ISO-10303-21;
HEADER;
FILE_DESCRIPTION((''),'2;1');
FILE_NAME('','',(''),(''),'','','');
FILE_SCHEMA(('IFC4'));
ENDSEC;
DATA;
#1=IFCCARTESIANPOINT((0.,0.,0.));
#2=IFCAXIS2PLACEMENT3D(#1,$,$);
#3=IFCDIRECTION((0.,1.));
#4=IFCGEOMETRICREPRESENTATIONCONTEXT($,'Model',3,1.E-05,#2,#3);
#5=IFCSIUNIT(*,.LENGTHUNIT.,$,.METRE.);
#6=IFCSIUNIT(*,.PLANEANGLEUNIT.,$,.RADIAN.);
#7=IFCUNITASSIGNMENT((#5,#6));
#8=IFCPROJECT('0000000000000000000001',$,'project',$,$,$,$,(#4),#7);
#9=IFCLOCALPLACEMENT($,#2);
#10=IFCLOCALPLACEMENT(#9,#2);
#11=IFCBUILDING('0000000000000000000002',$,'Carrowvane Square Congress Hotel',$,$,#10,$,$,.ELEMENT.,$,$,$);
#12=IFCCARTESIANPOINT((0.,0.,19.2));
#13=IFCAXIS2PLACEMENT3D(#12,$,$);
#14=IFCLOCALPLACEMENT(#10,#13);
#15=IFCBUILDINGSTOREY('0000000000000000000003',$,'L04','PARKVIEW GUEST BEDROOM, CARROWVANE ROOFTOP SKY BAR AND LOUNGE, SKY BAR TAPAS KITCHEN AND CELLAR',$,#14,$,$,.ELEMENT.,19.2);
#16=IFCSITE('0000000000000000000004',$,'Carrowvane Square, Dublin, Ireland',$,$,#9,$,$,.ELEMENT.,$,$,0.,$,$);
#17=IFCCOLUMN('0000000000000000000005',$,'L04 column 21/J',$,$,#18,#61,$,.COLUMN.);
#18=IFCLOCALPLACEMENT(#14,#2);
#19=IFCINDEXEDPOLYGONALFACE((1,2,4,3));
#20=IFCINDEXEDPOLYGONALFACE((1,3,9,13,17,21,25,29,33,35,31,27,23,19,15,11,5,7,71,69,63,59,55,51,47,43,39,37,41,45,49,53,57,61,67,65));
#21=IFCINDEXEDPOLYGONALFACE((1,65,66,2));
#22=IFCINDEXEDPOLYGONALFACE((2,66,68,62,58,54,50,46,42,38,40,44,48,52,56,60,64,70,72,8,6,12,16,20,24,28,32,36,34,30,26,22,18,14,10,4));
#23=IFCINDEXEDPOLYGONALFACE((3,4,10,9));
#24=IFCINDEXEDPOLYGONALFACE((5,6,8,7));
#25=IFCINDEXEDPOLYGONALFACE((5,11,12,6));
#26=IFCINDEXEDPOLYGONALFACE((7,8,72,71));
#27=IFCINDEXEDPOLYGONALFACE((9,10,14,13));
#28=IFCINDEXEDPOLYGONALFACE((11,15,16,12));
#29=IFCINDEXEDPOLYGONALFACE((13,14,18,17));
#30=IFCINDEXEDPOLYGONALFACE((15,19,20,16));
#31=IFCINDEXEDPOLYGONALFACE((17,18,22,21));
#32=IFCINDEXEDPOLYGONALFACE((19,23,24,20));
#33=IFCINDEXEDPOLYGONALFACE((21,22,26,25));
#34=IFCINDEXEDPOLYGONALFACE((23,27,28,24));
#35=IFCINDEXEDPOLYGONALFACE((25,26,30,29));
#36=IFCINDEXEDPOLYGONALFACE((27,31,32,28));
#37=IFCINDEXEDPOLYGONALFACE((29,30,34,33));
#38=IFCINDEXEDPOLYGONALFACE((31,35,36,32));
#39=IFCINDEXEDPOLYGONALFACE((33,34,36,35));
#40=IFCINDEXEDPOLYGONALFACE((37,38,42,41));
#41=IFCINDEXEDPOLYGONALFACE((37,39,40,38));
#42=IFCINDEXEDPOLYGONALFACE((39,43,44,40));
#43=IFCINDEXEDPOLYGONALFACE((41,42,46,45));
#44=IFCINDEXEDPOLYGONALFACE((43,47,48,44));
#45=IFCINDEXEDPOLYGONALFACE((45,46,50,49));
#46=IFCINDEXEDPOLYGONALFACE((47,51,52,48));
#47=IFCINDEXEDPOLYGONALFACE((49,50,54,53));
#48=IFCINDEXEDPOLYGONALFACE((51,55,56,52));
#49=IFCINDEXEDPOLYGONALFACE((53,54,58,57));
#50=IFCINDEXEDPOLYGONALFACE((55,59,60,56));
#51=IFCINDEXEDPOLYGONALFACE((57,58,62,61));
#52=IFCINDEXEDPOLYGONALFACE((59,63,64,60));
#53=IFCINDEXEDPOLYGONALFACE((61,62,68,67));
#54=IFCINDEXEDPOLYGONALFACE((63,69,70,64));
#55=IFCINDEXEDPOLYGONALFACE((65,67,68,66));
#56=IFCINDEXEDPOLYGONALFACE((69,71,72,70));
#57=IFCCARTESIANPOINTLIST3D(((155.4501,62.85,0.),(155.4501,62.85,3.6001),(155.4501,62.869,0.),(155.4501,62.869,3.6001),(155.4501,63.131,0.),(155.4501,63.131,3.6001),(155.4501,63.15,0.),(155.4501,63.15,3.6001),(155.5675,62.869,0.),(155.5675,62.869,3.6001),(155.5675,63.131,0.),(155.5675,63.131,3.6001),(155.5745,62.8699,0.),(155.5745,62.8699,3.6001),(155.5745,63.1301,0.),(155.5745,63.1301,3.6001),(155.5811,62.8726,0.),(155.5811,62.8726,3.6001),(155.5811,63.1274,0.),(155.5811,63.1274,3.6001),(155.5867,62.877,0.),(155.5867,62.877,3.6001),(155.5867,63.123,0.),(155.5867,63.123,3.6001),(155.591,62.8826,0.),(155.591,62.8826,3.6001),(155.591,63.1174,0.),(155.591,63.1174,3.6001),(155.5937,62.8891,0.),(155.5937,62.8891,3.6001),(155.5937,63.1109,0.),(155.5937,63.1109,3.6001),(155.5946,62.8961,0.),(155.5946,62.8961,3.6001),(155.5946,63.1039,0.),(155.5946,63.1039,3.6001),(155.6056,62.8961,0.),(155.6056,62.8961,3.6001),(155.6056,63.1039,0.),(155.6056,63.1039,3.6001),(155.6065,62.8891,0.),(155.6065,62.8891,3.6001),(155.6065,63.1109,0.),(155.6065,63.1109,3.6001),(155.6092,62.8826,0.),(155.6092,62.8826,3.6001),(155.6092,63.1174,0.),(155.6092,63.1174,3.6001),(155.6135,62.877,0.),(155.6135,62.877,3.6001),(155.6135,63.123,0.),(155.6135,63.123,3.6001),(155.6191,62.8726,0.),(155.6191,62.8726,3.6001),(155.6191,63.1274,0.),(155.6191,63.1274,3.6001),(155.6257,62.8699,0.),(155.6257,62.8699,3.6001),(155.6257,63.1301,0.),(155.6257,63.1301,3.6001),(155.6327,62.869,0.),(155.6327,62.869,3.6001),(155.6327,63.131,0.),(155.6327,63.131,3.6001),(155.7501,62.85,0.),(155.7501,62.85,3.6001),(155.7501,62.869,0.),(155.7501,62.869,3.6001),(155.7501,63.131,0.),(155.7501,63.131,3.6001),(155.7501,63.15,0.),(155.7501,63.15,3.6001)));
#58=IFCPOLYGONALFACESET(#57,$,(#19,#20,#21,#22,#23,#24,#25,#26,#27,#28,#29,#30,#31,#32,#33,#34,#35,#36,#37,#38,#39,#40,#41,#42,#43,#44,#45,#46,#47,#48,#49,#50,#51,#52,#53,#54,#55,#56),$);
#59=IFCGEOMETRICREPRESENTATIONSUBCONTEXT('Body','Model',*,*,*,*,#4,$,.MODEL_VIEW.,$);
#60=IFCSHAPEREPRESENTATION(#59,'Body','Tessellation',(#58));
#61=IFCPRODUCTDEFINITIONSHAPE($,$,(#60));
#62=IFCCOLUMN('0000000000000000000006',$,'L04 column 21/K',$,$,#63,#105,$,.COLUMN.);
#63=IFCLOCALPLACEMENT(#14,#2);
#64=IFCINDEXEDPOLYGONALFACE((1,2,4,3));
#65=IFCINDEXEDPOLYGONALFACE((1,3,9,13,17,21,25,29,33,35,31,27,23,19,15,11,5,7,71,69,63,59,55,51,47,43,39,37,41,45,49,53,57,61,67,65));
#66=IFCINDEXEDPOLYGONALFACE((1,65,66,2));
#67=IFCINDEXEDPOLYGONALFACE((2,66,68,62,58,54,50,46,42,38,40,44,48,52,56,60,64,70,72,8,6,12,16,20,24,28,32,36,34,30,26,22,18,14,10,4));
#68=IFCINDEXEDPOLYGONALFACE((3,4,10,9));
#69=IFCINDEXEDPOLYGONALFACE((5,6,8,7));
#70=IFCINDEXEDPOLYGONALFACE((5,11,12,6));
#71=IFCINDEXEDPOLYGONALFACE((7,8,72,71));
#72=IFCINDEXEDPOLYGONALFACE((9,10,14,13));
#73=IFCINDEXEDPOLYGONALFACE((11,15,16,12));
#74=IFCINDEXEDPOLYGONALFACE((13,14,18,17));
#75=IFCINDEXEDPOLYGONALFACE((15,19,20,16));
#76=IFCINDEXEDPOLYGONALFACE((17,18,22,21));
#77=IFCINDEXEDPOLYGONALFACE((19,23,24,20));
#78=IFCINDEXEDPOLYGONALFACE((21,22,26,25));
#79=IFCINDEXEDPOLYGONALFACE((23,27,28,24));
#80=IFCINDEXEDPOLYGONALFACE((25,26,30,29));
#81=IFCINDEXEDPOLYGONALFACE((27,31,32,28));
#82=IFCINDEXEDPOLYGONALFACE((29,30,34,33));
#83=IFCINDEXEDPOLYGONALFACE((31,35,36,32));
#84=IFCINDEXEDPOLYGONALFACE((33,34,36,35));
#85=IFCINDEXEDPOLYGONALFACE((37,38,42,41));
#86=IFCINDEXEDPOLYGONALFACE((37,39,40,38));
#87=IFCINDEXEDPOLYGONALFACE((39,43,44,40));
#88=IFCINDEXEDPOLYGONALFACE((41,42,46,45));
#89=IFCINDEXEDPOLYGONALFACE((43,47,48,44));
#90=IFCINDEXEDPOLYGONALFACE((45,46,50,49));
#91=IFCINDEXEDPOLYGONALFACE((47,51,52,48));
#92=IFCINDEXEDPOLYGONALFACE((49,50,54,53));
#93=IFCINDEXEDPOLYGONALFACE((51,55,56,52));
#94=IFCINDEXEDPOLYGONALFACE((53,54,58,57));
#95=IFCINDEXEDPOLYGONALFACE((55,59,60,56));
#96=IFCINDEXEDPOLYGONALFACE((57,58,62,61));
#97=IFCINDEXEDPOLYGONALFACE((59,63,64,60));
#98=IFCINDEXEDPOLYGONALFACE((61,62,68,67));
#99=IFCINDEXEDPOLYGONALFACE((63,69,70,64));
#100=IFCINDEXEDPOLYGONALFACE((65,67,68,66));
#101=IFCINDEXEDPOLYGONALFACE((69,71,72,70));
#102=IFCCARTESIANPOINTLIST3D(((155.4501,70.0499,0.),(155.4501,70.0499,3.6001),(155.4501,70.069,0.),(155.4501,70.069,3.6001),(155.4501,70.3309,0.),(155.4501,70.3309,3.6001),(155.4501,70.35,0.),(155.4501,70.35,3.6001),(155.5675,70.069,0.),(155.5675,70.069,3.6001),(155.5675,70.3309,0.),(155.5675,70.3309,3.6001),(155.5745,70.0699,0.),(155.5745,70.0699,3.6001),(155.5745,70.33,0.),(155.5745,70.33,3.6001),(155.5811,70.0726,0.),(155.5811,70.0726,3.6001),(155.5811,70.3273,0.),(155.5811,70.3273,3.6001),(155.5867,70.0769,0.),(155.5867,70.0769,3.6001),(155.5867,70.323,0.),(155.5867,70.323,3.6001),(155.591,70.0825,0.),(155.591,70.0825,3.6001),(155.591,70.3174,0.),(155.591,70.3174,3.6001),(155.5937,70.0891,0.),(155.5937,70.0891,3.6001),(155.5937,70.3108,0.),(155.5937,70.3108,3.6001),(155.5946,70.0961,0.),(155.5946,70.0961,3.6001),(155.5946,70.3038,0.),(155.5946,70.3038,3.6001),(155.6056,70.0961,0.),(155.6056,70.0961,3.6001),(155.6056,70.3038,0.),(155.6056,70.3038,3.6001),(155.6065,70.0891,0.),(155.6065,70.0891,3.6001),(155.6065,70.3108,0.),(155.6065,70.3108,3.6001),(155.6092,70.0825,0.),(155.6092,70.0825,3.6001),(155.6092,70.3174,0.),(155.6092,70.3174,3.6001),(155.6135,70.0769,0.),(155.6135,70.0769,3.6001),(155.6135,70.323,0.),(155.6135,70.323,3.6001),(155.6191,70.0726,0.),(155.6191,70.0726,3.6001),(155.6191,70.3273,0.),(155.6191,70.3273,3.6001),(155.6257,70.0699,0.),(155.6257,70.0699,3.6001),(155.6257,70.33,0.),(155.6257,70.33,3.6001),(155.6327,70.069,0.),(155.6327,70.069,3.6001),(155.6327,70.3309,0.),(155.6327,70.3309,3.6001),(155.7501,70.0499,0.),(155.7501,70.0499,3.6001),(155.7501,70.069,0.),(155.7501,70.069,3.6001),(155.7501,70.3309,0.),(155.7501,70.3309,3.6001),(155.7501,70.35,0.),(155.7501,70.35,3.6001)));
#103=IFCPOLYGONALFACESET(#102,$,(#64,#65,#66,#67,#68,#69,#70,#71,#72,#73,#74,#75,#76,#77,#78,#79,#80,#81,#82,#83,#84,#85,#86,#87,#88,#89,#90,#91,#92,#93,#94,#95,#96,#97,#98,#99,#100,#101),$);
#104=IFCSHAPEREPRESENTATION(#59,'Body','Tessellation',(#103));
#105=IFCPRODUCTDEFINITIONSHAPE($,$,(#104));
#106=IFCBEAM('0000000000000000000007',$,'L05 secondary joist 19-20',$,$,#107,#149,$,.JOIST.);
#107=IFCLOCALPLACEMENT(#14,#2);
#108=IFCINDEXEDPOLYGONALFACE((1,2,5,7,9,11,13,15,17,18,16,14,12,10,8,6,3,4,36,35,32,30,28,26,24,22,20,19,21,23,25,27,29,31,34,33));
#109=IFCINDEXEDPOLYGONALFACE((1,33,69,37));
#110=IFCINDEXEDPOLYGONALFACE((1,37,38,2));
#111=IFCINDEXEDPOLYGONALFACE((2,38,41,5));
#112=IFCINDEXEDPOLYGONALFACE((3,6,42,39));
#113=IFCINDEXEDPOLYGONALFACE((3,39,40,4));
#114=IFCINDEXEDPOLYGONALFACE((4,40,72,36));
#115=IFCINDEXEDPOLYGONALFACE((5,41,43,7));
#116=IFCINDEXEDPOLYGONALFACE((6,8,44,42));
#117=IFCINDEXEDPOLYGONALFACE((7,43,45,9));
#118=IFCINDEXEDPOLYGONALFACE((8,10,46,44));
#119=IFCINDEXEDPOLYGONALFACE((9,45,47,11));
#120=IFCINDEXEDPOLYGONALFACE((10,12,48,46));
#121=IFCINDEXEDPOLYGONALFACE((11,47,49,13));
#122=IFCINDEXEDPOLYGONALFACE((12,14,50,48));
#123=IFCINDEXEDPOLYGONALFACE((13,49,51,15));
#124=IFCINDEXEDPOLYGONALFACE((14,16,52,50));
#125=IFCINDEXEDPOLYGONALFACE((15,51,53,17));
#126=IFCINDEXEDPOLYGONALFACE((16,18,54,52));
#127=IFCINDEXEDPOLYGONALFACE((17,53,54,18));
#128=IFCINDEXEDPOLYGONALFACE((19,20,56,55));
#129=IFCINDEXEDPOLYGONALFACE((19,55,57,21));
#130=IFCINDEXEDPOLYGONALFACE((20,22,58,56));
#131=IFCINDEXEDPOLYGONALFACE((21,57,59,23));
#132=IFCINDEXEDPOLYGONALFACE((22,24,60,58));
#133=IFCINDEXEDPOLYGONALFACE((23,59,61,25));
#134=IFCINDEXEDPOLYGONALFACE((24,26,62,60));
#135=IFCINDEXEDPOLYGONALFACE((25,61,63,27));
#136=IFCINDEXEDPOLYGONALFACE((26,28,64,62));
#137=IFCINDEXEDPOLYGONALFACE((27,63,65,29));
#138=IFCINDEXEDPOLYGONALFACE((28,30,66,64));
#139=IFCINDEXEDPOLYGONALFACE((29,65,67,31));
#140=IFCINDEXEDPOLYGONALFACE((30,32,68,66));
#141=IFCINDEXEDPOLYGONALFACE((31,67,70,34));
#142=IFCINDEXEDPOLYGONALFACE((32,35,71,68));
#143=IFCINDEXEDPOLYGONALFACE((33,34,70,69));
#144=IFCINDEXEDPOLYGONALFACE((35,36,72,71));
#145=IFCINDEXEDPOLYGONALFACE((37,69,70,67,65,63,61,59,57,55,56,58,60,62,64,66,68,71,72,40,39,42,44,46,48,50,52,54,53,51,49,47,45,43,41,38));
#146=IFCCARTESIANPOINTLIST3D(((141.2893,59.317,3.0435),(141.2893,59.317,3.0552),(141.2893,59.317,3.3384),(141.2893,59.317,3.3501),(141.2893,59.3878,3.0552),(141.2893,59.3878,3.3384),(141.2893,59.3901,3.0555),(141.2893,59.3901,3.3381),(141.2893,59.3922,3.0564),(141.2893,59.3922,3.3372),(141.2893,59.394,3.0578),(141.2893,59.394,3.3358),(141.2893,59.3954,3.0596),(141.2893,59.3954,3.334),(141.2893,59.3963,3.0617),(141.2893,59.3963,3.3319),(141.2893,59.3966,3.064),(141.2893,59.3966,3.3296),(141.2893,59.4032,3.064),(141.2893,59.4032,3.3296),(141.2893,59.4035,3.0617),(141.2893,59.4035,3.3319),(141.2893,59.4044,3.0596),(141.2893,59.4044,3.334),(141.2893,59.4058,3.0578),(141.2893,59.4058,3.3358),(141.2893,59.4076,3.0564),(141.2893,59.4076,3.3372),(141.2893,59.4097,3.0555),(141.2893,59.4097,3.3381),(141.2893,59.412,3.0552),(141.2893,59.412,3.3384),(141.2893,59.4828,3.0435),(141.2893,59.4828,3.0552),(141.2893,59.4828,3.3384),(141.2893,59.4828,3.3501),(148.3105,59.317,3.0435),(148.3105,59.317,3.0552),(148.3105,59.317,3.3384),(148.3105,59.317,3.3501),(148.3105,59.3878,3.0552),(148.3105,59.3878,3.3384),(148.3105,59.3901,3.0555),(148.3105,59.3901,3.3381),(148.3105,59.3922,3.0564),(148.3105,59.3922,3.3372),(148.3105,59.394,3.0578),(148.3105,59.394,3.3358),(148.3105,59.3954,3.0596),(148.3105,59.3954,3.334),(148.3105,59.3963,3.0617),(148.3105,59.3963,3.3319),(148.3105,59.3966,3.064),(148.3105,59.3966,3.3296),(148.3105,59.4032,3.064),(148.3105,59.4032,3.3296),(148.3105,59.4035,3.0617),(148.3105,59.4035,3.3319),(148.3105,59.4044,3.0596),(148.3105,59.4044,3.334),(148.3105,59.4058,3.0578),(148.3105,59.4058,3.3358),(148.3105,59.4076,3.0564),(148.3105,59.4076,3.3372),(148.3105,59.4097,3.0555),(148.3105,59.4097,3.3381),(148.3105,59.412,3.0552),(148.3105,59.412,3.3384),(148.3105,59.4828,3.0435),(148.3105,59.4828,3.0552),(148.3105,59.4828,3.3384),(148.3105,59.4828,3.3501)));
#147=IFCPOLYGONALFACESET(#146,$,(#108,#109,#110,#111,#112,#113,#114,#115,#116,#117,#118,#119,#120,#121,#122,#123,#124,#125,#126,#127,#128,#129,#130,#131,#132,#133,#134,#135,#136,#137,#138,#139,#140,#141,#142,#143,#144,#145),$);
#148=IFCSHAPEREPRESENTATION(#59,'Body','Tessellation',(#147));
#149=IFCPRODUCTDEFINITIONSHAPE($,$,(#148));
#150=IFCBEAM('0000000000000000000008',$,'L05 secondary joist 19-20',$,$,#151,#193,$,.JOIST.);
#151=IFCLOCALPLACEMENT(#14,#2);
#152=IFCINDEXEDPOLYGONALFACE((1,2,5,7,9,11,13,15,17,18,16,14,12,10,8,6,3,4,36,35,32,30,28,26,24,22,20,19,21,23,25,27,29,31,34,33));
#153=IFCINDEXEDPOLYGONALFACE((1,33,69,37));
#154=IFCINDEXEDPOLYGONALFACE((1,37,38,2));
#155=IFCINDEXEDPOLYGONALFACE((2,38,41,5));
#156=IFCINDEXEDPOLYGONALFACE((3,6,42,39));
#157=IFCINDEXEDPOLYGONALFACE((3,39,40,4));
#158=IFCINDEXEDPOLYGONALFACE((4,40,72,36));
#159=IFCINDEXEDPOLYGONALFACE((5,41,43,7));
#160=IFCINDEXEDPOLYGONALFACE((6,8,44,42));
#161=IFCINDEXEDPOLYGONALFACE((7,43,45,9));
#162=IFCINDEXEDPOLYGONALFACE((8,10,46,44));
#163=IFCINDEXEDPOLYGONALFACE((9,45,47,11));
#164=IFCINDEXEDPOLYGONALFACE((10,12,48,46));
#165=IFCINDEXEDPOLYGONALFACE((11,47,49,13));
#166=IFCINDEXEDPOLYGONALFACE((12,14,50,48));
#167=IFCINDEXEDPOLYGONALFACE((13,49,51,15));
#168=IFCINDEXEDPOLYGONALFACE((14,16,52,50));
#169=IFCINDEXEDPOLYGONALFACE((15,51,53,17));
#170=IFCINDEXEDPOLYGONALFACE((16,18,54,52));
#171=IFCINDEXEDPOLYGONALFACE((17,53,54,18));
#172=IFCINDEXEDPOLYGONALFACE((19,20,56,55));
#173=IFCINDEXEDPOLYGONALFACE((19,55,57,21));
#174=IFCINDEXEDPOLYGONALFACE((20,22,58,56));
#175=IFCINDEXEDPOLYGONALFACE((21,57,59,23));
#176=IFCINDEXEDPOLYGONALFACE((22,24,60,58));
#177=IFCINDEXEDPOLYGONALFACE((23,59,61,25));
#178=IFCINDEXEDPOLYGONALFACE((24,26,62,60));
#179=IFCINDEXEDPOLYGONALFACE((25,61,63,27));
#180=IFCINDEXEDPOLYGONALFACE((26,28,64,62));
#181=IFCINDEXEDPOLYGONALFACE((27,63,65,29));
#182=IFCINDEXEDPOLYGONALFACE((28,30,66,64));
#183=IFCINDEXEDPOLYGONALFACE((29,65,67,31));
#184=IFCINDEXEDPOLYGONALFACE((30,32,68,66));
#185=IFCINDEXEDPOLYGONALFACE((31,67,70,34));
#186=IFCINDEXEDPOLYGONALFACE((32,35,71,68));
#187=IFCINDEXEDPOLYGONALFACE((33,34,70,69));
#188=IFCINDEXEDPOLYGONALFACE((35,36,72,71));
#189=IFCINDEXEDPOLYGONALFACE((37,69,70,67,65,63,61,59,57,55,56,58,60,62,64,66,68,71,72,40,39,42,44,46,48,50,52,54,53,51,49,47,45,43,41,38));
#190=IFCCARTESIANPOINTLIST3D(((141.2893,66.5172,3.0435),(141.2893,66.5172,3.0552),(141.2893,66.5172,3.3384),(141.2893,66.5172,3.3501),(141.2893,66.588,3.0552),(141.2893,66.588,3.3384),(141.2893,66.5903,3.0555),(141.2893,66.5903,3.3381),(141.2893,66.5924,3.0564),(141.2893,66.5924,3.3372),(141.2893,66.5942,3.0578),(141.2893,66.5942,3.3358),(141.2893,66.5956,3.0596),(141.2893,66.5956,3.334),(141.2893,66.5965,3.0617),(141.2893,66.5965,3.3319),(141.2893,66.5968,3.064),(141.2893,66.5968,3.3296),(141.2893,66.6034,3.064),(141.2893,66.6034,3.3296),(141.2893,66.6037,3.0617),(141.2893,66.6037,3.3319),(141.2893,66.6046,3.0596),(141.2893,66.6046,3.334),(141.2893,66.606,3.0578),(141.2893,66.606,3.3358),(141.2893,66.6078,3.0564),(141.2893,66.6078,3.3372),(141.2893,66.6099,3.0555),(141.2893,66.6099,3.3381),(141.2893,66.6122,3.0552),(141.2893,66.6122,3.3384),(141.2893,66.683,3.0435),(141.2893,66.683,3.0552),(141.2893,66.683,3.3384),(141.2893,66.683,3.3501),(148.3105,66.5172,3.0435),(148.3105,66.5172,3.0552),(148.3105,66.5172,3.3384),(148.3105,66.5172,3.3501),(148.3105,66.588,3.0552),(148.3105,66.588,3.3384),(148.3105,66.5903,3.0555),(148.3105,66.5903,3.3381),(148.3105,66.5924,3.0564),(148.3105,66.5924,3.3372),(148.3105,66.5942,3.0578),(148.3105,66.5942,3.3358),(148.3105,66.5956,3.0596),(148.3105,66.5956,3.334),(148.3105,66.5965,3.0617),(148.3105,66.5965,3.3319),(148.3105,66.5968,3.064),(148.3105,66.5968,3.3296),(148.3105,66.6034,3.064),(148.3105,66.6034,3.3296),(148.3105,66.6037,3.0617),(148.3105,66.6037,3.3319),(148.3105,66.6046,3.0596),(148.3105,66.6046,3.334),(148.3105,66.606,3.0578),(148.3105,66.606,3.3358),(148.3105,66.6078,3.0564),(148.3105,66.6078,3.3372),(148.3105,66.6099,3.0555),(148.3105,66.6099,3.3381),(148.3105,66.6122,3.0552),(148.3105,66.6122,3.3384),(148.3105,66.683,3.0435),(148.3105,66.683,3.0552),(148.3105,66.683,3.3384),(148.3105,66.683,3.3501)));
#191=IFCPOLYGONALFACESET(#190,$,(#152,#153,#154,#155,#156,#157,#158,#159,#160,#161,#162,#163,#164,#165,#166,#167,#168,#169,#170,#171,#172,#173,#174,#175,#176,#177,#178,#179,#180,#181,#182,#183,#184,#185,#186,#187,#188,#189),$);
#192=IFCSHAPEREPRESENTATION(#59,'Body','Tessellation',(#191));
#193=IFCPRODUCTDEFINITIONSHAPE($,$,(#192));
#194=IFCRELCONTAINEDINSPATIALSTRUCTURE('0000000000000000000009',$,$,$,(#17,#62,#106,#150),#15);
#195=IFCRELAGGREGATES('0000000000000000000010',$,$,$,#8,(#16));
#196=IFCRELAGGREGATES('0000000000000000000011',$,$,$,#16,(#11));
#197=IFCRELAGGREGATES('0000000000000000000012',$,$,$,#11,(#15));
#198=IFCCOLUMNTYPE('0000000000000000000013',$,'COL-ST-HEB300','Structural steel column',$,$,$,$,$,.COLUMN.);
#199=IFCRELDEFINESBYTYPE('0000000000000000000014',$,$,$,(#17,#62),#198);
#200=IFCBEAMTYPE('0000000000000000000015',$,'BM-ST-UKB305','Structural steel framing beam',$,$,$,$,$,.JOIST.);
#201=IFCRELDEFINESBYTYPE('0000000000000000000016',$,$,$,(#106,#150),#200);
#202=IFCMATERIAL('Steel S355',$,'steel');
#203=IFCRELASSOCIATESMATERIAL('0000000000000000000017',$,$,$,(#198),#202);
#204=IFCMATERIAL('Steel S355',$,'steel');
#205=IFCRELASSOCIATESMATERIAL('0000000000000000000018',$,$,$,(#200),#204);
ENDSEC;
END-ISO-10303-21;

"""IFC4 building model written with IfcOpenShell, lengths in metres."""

from ifc_helpers import new_model, si_unit, direction, frame, origin, origin_2d, place, context, subcontext, project, spatial, i_section, extrude, material, material_profile, profile_set, type_object, element, save


model = new_model("IFC4")

# Units and contexts
model_context = context("Model", 3, precision=1e-05, world=origin(), true_north=direction((0.0, 1.0)))
body_context = subcontext(model_context, "Body", "Model", "MODEL_VIEW")
ifc_project = project(units=[si_unit("LENGTHUNIT", "METRE"), si_unit("PLANEANGLEUNIT", "RADIAN")], contexts=[model_context])

# Site, building, storey
site_placement = place(None, origin())
site = spatial("IfcSite", under=ifc_project, at=site_placement, Name="Carrowvane Square, Dublin, Ireland", CompositionType="ELEMENT", RefElevation=0.0)
building_placement = place(site_placement, origin())
building = spatial("IfcBuilding", under=site, at=building_placement, Name="Carrowvane Square Congress Hotel", CompositionType="ELEMENT")
storey_placement = place(building_placement, frame((0.0, 0.0, 19.2)))
storey = spatial("IfcBuildingStorey", under=building, at=storey_placement, Name="L04", Description="PARKVIEW GUEST BEDROOM, CARROWVANE ROOFTOP SKY BAR AND LOUNGE, SKY BAR TAPAS KITCHEN AND CELLAR", CompositionType="ELEMENT", Elevation=19.2)

# Columns
ifc_material_1 = material(Name="Steel S355", Category="steel")
ifc_material_profile_1 = material_profile(ifc_material_1, i_section(OverallWidth=0.3, OverallDepth=0.3, WebThickness=0.011, FlangeThickness=0.019, FilletRadius=0.0271, at=origin_2d()), Name="HEB 300")
ifc_profile_set_1 = profile_set([ifc_material_profile_1], Name="Steel S355")
column_type = type_object("IfcColumnType", Name="COL-ST-HEB300", Description="Structural steel column", PredefinedType="COLUMN", material=ifc_profile_set_1)
for number, where, z_axis, x_axis, name in (
    (1, (155.6001, 63.0, 0.0), (0.0, 0.0, 1.0), (1.0, 0.0, 0.0), "L04 column 21/J"),
    (2, (155.6001, 70.2, 0.0), (0.0, 0.0, 1.0), (1.0, 0.0, 0.0), "L04 column 21/K"),
):
    element("IfcColumn", number, at=place(storey_placement, frame(where, z_axis=z_axis, x_axis=x_axis)), inside=storey, type_object=column_type, Name=name, PredefinedType="COLUMN", context=body_context, shape_type="SweptSolid", body=[
        extrude(i_section(OverallWidth=0.3, OverallDepth=0.3, WebThickness=0.011, FlangeThickness=0.019, FilletRadius=0.0271, at=origin_2d()), origin(), (0.0, 0.0, 1.0), 3.6001),
    ])

# Beams
ifc_material_2 = material(Name="Steel S355", Category="steel")
ifc_material_profile_2 = material_profile(ifc_material_2, i_section(OverallWidth=0.1658, OverallDepth=0.3066, WebThickness=0.0066, FlangeThickness=0.0117, FilletRadius=0.0088, at=origin_2d()), Name="UKB 305x165x46")
ifc_profile_set_2 = profile_set([ifc_material_profile_2], Name="Steel S355")
beam_type_1 = type_object("IfcBeamType", Name="BM-ST-UKB305", Description="Structural steel framing beam", PredefinedType="JOIST", material=ifc_profile_set_2)
for number, where, z_axis, x_axis, name in (
    (3, (141.2893, 59.3999, 3.1968), (1.0, 0.0, 0.0), (0.0, 1.0, 0.0), "L05 secondary joist 19-20"),
    (4, (141.2893, 66.6001, 3.1968), (1.0, 0.0, 0.0), (0.0, 1.0, 0.0), "L05 secondary joist 19-20"),
):
    element("IfcBeam", number, at=place(storey_placement, frame(where, z_axis=z_axis, x_axis=x_axis)), inside=storey, type_object=beam_type_1, Name=name, PredefinedType="JOIST", context=body_context, shape_type="SweptSolid", body=[
        extrude(i_section(OverallWidth=0.1658, OverallDepth=0.3066, WebThickness=0.0066, FlangeThickness=0.0117, FilletRadius=0.0088, at=origin_2d()), origin(), (0.0, 0.0, 1.0), 7.0212),
    ])

save(model, "model.ifc")
